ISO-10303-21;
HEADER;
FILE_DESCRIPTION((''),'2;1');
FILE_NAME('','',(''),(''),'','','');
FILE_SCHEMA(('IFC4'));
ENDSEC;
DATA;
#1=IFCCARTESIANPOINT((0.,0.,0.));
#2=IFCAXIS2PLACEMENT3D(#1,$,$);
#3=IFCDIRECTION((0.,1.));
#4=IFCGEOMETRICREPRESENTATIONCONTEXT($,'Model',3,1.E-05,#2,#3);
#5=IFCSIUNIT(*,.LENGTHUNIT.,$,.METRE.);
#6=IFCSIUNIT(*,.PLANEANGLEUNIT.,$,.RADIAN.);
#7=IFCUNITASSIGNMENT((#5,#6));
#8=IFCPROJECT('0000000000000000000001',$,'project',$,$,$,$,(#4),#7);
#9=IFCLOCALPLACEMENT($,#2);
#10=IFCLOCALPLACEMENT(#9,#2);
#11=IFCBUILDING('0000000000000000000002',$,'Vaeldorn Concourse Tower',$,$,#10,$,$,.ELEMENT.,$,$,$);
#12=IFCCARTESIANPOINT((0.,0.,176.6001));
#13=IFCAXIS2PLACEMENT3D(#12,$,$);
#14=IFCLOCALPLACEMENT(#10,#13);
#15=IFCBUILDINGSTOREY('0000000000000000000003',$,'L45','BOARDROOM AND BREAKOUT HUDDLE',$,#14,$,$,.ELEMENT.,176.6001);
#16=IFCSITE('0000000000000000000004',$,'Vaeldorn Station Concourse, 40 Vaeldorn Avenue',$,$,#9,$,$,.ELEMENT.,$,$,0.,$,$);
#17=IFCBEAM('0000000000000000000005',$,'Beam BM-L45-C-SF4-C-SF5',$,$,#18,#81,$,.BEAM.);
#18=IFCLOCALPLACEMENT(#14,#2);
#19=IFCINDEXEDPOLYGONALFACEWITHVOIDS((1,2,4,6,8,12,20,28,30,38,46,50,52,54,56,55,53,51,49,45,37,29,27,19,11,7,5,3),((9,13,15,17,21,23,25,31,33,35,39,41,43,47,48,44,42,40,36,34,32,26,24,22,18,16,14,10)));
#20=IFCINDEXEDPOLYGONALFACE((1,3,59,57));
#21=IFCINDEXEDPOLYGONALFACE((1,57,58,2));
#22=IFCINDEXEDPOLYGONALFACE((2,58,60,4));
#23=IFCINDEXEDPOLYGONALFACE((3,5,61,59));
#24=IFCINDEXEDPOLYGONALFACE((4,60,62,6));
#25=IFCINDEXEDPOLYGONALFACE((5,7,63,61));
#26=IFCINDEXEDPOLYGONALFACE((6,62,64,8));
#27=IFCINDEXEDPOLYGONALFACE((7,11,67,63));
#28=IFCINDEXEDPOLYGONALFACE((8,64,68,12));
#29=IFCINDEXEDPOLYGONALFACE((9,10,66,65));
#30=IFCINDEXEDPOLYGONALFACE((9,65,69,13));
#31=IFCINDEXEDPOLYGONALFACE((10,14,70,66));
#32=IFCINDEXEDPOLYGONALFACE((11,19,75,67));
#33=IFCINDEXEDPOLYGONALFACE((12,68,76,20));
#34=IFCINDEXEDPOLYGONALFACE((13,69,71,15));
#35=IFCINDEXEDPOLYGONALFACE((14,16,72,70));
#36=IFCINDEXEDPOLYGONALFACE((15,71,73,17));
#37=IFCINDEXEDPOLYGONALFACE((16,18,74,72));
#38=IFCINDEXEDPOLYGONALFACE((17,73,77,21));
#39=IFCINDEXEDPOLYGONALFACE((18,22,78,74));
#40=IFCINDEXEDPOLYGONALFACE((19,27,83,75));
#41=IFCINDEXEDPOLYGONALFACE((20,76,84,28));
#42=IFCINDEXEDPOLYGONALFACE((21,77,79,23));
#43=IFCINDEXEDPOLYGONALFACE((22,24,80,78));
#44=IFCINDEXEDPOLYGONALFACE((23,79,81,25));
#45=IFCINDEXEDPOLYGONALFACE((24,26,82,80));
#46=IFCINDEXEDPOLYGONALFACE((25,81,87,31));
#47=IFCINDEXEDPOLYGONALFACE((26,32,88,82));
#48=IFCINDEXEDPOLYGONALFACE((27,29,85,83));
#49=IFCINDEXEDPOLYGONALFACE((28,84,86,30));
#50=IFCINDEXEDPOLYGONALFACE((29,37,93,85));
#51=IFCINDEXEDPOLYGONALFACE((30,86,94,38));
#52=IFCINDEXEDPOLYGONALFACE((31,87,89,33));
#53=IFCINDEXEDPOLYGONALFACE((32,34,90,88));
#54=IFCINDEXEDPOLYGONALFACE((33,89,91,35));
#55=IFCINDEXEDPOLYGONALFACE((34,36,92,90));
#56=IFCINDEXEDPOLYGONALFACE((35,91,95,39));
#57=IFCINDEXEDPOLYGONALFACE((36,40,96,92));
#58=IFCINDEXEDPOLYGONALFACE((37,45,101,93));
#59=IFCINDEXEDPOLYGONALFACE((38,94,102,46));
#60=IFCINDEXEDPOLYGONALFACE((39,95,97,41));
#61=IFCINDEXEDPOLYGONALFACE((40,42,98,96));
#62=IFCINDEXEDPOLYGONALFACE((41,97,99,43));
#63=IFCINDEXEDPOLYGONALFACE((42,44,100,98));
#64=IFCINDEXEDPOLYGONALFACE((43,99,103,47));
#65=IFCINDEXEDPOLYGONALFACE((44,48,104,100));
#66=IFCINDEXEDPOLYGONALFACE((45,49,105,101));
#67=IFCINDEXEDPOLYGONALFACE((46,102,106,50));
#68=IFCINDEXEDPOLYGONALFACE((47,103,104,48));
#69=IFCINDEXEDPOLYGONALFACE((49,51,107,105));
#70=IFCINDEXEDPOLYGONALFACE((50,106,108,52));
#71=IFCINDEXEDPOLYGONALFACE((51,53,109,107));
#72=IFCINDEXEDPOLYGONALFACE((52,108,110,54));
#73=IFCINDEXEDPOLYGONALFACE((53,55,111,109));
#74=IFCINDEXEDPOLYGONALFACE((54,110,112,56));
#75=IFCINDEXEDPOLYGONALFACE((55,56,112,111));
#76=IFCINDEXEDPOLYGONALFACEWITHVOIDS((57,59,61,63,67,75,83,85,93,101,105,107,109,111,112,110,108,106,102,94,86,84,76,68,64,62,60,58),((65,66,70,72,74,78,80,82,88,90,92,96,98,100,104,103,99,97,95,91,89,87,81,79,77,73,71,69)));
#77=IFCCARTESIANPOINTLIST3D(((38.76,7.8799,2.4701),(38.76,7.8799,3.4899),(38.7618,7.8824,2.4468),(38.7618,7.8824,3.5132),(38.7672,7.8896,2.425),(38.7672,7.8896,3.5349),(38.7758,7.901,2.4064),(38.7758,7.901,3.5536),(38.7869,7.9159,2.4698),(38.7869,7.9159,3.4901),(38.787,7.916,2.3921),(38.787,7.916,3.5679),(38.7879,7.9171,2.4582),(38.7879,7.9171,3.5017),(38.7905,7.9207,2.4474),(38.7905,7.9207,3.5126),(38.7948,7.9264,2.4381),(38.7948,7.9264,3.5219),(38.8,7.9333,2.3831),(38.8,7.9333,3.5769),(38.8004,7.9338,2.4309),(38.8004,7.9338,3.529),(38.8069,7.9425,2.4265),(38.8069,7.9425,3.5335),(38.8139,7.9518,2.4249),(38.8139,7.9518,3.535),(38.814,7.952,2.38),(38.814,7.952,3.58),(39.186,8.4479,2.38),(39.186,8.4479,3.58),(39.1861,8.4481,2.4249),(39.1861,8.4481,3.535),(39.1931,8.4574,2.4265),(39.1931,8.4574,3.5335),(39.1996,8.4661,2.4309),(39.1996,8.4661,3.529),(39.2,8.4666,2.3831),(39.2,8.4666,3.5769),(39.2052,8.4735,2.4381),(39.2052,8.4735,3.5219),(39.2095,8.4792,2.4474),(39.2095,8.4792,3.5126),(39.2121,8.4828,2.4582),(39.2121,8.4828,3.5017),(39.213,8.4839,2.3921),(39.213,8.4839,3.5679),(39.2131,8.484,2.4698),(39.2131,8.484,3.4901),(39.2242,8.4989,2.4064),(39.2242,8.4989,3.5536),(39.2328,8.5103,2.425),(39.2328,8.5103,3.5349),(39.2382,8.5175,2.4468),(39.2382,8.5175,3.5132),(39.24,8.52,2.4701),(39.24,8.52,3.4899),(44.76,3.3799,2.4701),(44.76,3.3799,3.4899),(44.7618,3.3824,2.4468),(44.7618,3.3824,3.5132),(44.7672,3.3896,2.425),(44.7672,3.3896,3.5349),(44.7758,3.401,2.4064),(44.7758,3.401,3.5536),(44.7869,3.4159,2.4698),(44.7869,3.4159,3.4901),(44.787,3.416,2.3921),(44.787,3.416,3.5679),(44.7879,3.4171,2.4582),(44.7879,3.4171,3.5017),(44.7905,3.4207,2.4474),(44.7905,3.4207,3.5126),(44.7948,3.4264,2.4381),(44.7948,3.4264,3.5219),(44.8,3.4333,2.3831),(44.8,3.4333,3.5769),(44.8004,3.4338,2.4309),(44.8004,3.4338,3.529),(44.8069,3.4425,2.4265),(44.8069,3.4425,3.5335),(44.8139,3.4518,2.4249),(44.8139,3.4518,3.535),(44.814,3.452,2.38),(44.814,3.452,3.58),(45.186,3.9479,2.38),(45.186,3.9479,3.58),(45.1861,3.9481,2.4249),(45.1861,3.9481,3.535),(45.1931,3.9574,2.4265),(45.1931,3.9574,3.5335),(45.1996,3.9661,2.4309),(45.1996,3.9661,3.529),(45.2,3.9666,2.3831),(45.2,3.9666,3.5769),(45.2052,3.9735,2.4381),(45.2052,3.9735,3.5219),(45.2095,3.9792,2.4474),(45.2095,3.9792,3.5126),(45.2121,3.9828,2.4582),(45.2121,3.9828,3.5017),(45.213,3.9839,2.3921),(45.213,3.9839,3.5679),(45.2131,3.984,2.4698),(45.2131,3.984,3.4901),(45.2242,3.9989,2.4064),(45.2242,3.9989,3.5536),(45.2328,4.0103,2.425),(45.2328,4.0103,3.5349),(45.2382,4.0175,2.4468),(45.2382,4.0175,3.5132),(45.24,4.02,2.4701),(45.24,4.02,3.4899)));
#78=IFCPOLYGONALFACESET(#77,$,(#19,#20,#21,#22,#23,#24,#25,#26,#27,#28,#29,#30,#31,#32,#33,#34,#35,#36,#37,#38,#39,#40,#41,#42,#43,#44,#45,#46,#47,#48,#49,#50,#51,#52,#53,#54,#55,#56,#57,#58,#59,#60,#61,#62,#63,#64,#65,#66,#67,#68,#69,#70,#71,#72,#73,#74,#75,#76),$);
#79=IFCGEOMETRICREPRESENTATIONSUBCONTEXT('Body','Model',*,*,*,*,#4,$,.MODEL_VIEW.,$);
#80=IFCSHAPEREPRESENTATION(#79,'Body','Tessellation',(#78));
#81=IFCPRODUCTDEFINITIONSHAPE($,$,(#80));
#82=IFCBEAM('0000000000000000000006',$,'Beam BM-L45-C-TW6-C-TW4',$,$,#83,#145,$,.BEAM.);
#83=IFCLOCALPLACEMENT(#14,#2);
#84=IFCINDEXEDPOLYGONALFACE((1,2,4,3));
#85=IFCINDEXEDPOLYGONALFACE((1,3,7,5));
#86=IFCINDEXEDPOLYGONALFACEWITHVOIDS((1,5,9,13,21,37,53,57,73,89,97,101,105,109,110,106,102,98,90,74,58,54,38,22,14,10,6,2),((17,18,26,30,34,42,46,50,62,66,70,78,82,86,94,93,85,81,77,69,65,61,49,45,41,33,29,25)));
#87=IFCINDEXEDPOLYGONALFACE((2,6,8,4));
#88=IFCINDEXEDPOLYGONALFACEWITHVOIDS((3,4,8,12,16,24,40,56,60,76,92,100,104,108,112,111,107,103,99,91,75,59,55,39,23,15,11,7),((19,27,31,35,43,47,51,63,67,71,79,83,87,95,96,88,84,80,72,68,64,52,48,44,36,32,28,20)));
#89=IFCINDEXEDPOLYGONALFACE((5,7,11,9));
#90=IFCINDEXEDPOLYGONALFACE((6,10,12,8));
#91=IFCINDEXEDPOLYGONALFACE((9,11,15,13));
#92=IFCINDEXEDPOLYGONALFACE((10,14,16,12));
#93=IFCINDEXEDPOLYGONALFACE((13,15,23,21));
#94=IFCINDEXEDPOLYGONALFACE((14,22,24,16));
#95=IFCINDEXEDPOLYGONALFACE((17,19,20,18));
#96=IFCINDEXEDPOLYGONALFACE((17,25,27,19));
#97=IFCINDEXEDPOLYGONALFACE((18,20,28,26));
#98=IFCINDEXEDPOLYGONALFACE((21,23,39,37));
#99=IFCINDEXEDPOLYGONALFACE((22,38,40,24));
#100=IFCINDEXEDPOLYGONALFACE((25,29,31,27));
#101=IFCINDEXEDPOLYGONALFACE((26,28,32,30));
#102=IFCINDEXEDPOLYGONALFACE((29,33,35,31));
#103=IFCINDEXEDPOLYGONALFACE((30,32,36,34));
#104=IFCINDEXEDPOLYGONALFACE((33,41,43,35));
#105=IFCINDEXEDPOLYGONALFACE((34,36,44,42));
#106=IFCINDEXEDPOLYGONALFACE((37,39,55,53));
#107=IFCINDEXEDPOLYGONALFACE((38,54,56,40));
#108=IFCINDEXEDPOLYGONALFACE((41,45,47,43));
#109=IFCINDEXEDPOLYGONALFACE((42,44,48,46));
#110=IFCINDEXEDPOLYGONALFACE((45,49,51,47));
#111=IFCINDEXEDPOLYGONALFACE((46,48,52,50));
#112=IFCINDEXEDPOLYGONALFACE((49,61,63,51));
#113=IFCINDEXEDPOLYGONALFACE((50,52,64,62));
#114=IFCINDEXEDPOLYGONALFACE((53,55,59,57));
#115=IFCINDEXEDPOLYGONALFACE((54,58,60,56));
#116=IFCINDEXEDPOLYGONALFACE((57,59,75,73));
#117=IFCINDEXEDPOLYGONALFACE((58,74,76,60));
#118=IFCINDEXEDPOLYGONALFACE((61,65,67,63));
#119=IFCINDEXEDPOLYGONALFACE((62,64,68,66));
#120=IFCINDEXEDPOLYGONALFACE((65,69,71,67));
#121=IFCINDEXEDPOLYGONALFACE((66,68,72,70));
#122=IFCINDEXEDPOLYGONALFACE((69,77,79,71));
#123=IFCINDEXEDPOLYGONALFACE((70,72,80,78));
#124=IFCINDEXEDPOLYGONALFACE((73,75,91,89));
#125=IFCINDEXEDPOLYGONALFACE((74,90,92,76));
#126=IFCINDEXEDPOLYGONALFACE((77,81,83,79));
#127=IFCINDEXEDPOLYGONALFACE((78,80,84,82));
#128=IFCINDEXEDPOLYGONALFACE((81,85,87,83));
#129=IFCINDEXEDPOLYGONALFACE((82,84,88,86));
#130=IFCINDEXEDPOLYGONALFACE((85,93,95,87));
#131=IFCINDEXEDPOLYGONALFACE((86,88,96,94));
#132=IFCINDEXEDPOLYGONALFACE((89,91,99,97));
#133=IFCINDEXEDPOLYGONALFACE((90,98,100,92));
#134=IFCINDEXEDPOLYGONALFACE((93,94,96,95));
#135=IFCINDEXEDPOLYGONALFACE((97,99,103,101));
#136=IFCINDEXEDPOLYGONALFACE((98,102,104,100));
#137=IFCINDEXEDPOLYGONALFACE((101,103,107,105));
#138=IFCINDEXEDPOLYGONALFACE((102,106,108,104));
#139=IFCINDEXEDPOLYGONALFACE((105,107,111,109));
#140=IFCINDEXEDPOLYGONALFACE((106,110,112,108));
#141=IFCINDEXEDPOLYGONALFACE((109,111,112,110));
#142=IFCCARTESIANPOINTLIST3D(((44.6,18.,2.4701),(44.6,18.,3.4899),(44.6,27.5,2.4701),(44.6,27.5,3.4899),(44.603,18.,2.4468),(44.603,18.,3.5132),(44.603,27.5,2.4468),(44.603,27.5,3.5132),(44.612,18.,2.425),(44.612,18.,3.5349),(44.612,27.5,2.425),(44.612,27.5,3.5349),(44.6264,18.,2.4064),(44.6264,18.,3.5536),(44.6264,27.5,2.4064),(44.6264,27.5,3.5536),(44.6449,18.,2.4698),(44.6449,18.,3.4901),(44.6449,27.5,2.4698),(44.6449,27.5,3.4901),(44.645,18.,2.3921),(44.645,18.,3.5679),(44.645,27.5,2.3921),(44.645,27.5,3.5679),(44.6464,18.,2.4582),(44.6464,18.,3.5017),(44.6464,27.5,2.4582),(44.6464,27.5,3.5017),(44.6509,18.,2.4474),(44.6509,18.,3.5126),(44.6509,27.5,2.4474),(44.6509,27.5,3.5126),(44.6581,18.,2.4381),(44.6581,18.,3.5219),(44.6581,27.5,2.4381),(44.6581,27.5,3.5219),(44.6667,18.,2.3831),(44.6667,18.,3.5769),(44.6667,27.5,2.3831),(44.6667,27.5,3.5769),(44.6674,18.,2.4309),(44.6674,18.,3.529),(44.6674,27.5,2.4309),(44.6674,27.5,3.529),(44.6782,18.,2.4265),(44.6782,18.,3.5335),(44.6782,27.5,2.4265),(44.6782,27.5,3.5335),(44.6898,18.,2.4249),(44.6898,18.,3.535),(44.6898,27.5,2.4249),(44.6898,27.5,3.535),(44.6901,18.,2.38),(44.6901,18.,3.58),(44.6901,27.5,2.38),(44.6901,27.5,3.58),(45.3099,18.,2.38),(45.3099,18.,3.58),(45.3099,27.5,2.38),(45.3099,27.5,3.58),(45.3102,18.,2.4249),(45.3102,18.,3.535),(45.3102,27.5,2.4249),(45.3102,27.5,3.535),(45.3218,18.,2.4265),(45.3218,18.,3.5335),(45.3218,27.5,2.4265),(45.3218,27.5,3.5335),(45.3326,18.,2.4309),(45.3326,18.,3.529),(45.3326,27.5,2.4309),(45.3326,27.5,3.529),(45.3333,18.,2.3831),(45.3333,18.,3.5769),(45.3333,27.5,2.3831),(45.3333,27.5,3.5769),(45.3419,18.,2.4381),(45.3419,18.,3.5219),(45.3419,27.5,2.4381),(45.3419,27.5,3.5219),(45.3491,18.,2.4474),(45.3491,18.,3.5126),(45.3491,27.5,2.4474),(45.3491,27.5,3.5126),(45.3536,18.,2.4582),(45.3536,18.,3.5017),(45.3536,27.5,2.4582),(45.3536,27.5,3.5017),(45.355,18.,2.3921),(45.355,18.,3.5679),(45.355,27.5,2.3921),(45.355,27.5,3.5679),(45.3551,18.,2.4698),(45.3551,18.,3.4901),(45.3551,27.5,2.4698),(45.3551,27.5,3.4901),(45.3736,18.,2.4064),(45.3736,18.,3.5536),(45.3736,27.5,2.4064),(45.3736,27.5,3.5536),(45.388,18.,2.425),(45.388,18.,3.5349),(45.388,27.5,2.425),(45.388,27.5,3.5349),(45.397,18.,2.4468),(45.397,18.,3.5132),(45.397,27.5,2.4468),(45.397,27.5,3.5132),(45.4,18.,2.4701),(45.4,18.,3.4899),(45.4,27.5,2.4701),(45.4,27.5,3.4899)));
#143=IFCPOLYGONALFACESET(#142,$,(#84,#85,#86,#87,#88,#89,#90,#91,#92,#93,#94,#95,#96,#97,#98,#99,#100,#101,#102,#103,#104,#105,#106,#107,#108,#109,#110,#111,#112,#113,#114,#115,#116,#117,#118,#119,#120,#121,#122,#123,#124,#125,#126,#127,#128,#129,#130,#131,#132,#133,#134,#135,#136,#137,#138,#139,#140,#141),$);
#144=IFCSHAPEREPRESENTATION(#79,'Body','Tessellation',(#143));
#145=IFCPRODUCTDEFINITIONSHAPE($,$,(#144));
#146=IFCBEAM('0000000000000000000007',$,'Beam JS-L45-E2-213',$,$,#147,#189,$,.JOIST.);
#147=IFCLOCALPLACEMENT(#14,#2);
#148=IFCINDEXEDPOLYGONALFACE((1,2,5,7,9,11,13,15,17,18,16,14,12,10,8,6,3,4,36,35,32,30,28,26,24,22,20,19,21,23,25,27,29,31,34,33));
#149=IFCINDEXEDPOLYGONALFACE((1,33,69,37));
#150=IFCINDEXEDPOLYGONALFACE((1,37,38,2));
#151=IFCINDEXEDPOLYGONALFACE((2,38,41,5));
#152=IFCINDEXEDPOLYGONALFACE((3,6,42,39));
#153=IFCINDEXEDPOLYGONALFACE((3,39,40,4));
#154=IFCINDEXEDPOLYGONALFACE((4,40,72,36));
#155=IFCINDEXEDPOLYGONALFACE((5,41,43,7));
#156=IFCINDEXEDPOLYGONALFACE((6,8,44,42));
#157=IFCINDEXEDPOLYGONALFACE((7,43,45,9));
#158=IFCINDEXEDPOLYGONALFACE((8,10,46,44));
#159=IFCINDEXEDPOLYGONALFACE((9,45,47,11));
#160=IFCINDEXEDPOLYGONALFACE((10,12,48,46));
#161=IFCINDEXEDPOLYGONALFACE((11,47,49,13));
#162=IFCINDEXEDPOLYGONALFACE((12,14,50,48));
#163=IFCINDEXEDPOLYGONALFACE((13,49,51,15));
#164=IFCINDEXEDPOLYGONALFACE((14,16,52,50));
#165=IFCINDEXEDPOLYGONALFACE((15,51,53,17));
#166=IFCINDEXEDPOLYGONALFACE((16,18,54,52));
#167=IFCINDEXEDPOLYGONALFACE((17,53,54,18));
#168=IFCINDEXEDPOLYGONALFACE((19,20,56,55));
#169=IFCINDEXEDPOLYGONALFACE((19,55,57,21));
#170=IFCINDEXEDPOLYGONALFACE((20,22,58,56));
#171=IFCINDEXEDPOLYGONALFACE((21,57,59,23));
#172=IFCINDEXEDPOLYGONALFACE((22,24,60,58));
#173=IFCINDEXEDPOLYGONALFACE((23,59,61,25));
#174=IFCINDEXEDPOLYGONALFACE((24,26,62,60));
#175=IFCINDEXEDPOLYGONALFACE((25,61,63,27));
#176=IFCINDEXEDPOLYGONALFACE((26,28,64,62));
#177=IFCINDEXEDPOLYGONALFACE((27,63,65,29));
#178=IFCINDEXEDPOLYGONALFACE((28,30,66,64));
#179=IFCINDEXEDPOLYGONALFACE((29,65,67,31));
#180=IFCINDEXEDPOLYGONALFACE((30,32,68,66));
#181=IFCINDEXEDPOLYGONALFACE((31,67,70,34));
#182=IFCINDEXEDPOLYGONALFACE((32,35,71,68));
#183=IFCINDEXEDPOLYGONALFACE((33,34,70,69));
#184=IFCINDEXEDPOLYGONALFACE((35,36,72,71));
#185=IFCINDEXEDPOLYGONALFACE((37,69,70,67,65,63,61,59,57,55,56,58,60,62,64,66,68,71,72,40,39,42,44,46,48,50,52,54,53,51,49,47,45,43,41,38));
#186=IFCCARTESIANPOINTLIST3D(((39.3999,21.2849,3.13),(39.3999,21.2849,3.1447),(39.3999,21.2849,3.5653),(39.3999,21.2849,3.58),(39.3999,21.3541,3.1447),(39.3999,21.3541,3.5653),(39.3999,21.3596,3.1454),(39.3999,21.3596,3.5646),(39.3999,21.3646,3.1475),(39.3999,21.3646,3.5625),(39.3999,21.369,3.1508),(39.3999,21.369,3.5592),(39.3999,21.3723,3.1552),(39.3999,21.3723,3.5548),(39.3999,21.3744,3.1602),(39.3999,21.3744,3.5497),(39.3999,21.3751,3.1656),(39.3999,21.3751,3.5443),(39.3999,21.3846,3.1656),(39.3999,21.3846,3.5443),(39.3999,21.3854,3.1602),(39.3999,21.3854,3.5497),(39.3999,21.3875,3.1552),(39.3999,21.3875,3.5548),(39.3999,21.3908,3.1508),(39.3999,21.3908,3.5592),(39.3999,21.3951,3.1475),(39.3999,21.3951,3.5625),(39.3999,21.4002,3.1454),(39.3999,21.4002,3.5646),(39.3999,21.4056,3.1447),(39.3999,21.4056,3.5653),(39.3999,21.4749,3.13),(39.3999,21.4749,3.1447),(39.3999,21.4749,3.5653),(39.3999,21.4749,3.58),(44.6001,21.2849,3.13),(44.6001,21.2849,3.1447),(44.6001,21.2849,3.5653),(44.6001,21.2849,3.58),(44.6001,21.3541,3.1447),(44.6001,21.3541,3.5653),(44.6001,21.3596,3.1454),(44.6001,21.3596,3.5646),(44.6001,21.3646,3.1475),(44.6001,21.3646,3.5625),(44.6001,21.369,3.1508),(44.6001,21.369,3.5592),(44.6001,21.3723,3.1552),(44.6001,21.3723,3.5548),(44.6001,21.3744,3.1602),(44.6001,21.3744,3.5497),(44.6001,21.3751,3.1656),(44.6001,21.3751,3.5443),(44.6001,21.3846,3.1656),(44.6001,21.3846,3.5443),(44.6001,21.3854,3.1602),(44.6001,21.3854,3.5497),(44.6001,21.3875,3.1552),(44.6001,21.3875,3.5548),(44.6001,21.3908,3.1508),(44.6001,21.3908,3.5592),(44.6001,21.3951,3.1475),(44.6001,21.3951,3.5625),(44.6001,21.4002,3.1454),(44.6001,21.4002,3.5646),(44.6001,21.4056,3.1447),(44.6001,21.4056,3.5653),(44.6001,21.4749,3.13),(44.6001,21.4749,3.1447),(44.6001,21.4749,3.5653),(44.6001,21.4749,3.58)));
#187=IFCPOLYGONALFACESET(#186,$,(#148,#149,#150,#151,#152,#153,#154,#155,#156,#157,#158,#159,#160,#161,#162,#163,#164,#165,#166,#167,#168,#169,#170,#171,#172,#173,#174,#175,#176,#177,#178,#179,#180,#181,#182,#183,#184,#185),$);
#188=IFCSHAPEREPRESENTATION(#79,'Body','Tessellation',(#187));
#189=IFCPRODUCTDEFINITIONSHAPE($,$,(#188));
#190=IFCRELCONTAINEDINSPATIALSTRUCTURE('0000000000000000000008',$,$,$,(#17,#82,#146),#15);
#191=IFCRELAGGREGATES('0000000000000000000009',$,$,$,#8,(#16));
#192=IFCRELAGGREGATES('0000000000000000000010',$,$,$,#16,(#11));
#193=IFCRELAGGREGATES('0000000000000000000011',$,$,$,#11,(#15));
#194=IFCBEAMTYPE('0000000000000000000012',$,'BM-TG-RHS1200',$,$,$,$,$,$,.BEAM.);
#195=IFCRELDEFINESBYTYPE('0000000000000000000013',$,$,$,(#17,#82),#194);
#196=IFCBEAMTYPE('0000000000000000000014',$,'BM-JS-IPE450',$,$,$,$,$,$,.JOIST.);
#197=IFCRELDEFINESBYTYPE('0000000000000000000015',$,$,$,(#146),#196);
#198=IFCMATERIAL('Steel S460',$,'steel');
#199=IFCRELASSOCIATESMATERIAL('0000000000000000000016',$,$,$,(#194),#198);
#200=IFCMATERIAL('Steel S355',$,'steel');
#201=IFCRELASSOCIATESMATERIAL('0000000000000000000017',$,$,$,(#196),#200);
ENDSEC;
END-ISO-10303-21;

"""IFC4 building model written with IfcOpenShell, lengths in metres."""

from ifc_helpers import new_model, si_unit, direction, frame, origin, origin_2d, place, context, subcontext, project, spatial, hollow_rectangle, i_section, extrude, source, transform, mapped, material, material_profile, profile_set, type_object, element, save


model = new_model("IFC4")

# Units and contexts
model_context = context("Model", 3, precision=1e-05, world=origin(), true_north=direction((0.0, 1.0)))
body_context = subcontext(model_context, "Body", "Model", "MODEL_VIEW")
ifc_project = project(units=[si_unit("LENGTHUNIT", "METRE"), si_unit("PLANEANGLEUNIT", "RADIAN")], contexts=[model_context])

# Site, building, storey
site_placement = place(None, origin())
site = spatial("IfcSite", under=ifc_project, at=site_placement, Name="Vaeldorn Station Concourse, 40 Vaeldorn Avenue", CompositionType="ELEMENT", RefElevation=0.0)
building_placement = place(site_placement, origin())
building = spatial("IfcBuilding", under=site, at=building_placement, Name="Vaeldorn Concourse Tower", CompositionType="ELEMENT")
storey_placement = place(building_placement, frame((0.0, 0.0, 176.6001)))
storey = spatial("IfcBuildingStorey", under=building, at=storey_placement, Name="L45", Description="BOARDROOM AND BREAKOUT HUDDLE", CompositionType="ELEMENT", Elevation=176.6001)

# Shared definitions
ifc_material_1 = material(Name="Steel S355", Category="steel")

# Beams
ifc_material_2 = material(Name="Steel S460", Category="steel")
ifc_material_profile_1 = material_profile(ifc_material_2, hollow_rectangle(XDim=0.8, YDim=1.2, WallThickness=0.0449, InnerFilletRadius=0.0449, OuterFilletRadius=0.0901, at=origin_2d()), Name="RHS 1200x800x45")
ifc_profile_set_1 = profile_set([ifc_material_profile_1], Name="Steel S460")
beam_type_1 = type_object("IfcBeamType", Name="BM-TG-RHS1200", PredefinedType="BEAM", material=ifc_profile_set_1)
shared_shape_1 = source(origin(), body_context, "Body", "SweptSolid", [
    extrude(hollow_rectangle(XDim=0.8, YDim=1.2, WallThickness=0.0449, InnerFilletRadius=0.0449, OuterFilletRadius=0.0901, at=origin_2d()), origin(), (0.0, 0.0, 1.0), 7.5),
])
beam_1_placement = place(storey_placement, frame((39.0, 8.2, 2.98), z_axis=(0.8, -0.6, 0.0), x_axis=(0.6, 0.8, 0.0)))
element("IfcBeam", 1, at=beam_1_placement, inside=storey, type_object=beam_type_1, Name="Beam BM-L45-C-SF4-C-SF5", PredefinedType="BEAM", context=body_context, shape_type="MappedRepresentation", body=[
    mapped(shared_shape_1, transform((0.0, 0.0, 0.0), scale=1.0)),
])
shared_shape_2 = source(origin(), body_context, "Body", "SweptSolid", [
    extrude(hollow_rectangle(XDim=0.8, YDim=1.2, WallThickness=0.0449, InnerFilletRadius=0.0449, OuterFilletRadius=0.0901, at=origin_2d()), origin(), (0.0, 0.0, 1.0), 9.5),
])
beam_2_placement = place(storey_placement, frame((45.0, 18.0, 2.98), z_axis=(0.0, 1.0, 0.0), x_axis=(-1.0, 0.0, 0.0)))
element("IfcBeam", 2, at=beam_2_placement, inside=storey, type_object=beam_type_1, Name="Beam BM-L45-C-TW6-C-TW4", PredefinedType="BEAM", context=body_context, shape_type="MappedRepresentation", body=[
    mapped(shared_shape_2, transform((0.0, 0.0, 0.0), scale=1.0)),
])
ifc_material_profile_2 = material_profile(ifc_material_1, i_section(OverallWidth=0.1899, OverallDepth=0.45, WebThickness=0.0095, FlangeThickness=0.0146, FilletRadius=0.021, at=origin_2d()), Name="IPE 450")
ifc_profile_set_2 = profile_set([ifc_material_profile_2], Name="Steel S355")
beam_type_2 = type_object("IfcBeamType", Name="BM-JS-IPE450", PredefinedType="JOIST", material=ifc_profile_set_2)
shared_shape_3 = source(origin(), body_context, "Body", "SweptSolid", [
    extrude(i_section(OverallWidth=0.1899, OverallDepth=0.45, WebThickness=0.0095, FlangeThickness=0.0146, FilletRadius=0.021, at=origin_2d()), origin(), (0.0, 0.0, 1.0), 5.2002),
])
for number, where, z_axis, x_axis, name in (
    (3, (39.3999, 21.3799, 3.355), (1.0, 0.0, 0.0), (0.0, 1.0, 0.0), "Beam JS-L45-E2-213"),
):
    element("IfcBeam", number, at=place(storey_placement, frame(where, z_axis=z_axis, x_axis=x_axis)), inside=storey, type_object=beam_type_2, Name=name, PredefinedType="JOIST", context=body_context, shape_type="MappedRepresentation", body=[
        mapped(shared_shape_3, transform((0.0, 0.0, 0.0), scale=1.0)),
    ])

save(model, "model.ifc")
